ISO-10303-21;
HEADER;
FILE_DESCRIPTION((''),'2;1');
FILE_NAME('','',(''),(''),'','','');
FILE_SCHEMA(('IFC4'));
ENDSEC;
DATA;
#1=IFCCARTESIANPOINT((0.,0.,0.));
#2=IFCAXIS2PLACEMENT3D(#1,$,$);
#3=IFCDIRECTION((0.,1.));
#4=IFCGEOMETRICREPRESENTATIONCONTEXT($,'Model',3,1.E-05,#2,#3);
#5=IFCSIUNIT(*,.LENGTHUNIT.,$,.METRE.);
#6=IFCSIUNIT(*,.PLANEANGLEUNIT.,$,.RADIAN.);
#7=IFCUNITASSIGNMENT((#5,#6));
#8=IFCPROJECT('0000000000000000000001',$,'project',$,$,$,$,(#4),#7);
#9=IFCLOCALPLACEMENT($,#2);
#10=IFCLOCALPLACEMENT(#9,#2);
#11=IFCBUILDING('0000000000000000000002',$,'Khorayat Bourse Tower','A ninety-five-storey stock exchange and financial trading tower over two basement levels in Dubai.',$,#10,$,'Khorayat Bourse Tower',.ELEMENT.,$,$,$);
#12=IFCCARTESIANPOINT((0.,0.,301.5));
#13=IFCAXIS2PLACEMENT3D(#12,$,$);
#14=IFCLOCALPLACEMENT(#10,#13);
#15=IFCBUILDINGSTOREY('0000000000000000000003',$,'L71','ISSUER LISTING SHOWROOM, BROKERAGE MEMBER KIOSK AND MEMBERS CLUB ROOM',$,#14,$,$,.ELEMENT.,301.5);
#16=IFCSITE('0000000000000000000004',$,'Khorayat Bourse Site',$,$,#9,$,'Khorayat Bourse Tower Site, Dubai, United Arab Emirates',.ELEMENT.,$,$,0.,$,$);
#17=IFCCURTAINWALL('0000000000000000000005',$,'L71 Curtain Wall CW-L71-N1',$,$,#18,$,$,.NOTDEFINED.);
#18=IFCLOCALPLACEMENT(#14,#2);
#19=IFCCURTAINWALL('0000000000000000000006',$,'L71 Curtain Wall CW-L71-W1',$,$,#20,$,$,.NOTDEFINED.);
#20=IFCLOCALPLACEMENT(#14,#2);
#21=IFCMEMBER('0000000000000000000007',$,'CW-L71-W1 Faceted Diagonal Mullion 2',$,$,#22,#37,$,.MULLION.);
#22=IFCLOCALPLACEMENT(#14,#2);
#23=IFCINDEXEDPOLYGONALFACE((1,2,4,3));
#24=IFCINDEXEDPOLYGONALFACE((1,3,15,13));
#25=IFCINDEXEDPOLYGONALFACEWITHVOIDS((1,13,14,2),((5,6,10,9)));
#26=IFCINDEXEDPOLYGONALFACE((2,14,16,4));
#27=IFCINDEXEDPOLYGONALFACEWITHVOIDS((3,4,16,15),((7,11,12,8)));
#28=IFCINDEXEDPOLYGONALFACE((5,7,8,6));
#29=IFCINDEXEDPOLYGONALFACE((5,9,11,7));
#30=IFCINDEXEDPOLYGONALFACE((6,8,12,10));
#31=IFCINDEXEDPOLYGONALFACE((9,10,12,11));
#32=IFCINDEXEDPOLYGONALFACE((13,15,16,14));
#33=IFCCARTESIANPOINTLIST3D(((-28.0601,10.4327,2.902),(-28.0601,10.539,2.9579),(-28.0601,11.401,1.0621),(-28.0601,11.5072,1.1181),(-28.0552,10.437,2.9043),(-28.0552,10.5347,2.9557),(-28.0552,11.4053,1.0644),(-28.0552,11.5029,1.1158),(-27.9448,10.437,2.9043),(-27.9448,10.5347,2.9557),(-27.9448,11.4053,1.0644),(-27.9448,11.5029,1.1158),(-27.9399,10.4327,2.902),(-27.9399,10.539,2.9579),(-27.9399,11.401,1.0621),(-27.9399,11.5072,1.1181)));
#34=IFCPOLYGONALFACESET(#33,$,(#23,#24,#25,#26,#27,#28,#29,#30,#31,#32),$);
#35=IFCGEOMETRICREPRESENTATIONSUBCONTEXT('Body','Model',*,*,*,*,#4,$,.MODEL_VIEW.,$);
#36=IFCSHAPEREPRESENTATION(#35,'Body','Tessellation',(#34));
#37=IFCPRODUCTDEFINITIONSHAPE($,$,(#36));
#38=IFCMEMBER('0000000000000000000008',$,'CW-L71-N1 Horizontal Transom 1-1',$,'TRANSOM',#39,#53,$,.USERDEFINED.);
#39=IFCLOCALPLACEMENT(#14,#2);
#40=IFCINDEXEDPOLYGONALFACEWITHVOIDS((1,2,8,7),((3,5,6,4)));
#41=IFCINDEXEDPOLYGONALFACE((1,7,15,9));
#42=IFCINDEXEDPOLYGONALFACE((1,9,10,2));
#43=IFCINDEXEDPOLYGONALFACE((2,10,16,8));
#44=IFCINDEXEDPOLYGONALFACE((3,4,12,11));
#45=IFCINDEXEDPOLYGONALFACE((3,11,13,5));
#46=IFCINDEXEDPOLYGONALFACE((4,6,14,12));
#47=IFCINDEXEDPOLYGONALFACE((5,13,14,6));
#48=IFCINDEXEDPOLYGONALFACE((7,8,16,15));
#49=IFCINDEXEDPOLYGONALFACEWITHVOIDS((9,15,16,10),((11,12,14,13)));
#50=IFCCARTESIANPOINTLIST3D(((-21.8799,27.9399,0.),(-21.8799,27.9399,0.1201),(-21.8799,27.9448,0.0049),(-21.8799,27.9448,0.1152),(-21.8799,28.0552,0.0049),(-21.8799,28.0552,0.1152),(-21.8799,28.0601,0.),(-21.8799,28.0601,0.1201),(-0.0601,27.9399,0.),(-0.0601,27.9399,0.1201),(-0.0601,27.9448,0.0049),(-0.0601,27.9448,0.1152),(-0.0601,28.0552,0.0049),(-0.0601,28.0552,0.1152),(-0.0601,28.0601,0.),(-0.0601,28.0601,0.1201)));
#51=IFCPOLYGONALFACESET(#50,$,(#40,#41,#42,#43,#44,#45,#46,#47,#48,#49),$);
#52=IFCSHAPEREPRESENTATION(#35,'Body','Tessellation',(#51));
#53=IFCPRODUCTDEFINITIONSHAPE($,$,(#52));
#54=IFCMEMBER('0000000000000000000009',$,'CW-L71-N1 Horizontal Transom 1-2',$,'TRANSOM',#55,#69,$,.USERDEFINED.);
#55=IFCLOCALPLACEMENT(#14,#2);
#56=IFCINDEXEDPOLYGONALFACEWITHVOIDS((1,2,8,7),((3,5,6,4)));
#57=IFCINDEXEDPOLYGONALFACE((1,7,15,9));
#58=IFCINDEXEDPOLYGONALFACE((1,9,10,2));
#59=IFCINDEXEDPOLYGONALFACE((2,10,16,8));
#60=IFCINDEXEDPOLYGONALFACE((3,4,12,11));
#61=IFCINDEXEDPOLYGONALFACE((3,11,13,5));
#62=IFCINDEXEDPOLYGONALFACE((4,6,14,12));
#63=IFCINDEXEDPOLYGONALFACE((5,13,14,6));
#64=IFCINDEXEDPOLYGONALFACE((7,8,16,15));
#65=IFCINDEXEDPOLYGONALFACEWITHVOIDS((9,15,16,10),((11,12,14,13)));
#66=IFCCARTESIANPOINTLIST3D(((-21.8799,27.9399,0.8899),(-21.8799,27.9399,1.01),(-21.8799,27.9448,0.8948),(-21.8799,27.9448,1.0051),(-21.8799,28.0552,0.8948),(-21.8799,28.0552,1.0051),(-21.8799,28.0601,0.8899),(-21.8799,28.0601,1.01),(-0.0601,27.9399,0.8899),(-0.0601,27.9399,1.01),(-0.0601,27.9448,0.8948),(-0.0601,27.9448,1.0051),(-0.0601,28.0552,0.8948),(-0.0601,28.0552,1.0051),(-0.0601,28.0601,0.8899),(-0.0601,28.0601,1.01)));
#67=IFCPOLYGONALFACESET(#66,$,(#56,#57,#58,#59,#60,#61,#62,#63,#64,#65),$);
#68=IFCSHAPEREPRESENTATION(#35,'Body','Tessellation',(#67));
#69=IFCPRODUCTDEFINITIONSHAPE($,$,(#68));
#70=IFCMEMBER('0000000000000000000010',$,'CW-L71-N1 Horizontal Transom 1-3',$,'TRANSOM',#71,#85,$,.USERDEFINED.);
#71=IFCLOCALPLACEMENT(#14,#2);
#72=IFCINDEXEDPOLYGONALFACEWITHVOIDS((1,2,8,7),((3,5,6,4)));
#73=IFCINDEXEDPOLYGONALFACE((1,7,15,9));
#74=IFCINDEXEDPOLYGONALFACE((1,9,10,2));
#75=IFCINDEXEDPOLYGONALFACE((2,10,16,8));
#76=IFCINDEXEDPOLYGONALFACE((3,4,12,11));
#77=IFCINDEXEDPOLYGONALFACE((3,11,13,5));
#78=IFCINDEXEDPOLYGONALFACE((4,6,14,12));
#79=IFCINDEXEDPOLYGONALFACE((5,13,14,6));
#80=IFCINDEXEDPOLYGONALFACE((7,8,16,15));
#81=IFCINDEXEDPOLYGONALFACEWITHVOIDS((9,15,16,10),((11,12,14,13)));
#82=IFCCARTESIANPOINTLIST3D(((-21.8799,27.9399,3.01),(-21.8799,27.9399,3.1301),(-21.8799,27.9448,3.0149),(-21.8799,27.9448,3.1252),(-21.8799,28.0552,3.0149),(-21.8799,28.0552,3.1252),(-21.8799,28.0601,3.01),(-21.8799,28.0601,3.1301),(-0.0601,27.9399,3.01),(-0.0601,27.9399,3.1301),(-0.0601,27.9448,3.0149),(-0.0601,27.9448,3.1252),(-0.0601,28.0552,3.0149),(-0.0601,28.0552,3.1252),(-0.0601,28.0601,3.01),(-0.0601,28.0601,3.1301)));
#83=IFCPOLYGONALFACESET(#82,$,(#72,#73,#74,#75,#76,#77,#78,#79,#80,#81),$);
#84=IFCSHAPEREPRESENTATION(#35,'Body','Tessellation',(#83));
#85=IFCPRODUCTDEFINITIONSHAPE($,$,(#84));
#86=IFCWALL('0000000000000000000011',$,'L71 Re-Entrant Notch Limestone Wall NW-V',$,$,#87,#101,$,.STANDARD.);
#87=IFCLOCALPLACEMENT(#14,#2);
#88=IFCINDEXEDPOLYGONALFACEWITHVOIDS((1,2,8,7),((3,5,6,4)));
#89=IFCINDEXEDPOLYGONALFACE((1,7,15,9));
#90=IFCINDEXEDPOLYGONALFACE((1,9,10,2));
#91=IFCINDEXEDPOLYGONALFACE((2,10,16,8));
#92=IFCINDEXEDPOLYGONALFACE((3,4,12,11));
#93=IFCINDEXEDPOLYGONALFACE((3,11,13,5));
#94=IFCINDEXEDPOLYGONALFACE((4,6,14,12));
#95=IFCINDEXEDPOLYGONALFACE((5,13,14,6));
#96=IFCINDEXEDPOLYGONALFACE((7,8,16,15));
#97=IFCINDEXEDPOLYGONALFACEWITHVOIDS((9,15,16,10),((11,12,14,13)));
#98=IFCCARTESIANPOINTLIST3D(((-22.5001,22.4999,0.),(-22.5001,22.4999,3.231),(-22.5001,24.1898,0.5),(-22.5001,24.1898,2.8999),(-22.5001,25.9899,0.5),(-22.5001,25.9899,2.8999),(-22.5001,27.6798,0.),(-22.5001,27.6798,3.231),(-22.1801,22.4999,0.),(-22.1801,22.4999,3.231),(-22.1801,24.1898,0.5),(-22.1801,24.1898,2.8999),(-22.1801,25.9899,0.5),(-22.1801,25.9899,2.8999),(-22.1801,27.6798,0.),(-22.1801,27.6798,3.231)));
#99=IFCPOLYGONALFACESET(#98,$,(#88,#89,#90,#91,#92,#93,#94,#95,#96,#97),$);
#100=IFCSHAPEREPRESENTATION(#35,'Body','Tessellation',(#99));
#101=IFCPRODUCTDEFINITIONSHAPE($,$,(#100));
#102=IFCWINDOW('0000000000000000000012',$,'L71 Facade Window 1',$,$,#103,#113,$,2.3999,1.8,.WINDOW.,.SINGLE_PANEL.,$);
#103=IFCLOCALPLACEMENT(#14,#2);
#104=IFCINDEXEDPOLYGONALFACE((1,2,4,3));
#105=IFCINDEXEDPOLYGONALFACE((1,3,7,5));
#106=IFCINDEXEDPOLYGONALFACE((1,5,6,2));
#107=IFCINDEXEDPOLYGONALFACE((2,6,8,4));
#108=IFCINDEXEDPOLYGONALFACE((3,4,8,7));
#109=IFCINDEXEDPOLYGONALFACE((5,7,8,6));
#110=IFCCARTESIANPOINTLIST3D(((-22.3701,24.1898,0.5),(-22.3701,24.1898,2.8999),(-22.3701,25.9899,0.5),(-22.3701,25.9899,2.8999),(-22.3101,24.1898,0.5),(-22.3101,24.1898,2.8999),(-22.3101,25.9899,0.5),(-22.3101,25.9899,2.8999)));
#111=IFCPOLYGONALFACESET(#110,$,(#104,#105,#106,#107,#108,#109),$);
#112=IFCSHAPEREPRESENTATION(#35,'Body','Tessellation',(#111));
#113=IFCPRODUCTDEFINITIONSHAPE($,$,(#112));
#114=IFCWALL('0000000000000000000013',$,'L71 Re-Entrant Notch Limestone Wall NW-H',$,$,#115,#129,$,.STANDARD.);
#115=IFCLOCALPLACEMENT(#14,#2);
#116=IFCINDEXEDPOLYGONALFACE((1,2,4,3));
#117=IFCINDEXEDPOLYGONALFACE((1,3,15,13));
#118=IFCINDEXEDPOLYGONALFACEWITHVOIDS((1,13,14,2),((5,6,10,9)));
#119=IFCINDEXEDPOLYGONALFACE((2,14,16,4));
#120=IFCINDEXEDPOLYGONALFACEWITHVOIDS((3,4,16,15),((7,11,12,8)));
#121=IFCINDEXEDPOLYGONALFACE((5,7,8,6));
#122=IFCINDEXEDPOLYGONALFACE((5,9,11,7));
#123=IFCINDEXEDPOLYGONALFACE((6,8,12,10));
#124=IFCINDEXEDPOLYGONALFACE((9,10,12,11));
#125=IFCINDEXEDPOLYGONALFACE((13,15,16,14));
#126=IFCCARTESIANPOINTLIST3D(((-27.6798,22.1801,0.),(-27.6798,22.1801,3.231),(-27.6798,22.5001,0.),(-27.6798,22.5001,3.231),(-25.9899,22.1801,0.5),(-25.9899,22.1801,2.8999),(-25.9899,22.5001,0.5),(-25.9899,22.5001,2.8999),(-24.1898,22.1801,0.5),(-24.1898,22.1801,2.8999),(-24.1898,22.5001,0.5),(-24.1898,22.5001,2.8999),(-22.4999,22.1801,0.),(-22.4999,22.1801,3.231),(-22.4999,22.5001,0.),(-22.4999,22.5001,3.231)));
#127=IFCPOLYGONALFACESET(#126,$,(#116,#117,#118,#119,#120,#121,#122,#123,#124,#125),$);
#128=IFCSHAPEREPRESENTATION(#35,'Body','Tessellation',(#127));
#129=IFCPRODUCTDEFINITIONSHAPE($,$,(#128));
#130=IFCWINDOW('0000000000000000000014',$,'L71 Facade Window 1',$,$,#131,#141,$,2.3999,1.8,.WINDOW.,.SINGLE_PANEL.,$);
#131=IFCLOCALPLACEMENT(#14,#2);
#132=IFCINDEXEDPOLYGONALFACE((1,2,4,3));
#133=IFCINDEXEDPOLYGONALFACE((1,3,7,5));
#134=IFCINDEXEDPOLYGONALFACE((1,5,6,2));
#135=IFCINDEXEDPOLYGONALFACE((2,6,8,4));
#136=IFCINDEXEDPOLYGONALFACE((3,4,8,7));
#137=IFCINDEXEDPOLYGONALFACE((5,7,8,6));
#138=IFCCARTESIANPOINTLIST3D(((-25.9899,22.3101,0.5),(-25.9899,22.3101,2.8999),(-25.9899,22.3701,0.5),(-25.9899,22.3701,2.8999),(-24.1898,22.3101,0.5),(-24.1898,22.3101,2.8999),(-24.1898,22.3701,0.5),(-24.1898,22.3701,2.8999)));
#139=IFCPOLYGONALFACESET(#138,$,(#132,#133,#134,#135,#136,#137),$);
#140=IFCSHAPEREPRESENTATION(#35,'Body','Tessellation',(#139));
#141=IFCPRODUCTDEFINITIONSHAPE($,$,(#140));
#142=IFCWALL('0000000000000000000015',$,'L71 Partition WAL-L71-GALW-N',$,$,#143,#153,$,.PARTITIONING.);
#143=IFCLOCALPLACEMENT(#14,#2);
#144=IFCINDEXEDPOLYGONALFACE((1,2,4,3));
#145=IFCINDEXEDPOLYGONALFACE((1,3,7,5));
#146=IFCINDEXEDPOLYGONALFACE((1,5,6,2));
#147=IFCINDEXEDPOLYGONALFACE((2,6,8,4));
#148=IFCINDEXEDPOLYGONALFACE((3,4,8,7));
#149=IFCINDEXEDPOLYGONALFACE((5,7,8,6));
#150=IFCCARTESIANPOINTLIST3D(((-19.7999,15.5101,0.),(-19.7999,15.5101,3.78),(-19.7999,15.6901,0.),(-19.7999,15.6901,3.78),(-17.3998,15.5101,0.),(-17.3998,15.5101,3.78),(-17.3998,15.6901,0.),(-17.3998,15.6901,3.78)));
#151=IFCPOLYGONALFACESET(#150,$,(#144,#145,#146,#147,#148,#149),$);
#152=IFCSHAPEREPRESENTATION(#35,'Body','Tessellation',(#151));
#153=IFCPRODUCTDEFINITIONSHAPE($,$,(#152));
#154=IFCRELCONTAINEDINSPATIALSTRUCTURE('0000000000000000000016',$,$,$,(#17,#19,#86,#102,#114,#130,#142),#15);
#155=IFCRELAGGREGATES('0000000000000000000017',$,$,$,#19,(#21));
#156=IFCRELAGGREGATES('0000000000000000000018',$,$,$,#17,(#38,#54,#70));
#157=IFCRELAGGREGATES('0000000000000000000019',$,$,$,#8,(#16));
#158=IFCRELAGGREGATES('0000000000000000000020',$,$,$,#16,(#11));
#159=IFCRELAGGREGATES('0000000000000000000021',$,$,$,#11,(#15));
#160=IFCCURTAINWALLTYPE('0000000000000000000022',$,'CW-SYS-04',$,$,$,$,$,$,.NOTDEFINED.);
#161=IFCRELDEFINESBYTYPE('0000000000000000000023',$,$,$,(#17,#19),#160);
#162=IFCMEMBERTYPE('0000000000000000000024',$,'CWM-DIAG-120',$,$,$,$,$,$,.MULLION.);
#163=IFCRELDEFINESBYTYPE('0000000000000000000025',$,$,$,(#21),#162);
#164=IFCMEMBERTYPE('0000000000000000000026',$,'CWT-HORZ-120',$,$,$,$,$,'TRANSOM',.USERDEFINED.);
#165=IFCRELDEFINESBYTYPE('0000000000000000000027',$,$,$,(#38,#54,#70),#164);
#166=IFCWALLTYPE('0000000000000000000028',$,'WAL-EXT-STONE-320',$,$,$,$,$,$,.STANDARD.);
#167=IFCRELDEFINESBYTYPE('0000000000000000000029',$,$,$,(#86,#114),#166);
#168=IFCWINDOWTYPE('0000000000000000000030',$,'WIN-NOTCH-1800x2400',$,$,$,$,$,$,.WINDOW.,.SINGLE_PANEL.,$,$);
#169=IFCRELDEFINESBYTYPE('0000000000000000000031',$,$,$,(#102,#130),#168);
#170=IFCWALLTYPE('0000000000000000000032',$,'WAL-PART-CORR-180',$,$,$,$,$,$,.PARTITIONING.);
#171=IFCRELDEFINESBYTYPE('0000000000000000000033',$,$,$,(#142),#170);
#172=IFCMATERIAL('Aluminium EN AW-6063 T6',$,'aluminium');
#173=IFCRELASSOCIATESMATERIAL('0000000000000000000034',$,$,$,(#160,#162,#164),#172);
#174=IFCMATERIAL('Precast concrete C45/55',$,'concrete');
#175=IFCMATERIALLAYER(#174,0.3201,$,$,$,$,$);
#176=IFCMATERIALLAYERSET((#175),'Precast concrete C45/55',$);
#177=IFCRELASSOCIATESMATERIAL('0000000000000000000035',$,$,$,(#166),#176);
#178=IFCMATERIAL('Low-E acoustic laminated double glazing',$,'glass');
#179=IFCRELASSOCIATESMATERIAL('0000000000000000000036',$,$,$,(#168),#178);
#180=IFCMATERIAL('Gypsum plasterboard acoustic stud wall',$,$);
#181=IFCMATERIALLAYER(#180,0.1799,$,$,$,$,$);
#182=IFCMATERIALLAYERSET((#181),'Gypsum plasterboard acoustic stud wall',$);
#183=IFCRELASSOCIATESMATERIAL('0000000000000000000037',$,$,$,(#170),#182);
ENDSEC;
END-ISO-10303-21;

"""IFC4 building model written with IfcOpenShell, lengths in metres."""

from ifc_helpers import new_model, si_unit, direction, frame, frame_2d, origin, origin_2d, place, context, subcontext, project, spatial, rectangle, hollow_rectangle, extrude, source, transform, mapped, material, layer, layer_set, material_profile, profile_set, type_object, element, fill, aggregate, save


model = new_model("IFC4")

# Units and contexts
model_context = context("Model", 3, precision=1e-05, world=origin(), true_north=direction((0.0, 1.0)))
body_context = subcontext(model_context, "Body", "Model", "MODEL_VIEW")
ifc_project = project(units=[si_unit("LENGTHUNIT", "METRE"), si_unit("PLANEANGLEUNIT", "RADIAN")], contexts=[model_context])

# Site, building, storey
site_placement = place(None, origin())
site = spatial("IfcSite", under=ifc_project, at=site_placement, Name="Khorayat Bourse Site", LongName="Khorayat Bourse Tower Site, Dubai, United Arab Emirates", CompositionType="ELEMENT", RefElevation=0.0)
building_placement = place(site_placement, origin())
building = spatial("IfcBuilding", under=site, at=building_placement, Name="Khorayat Bourse Tower", Description="A ninety-five-storey stock exchange and financial trading tower over two basement levels in Dubai.", LongName="Khorayat Bourse Tower", CompositionType="ELEMENT")
storey_placement = place(building_placement, frame((0.0, 0.0, 301.5)))
storey = spatial("IfcBuildingStorey", under=building, at=storey_placement, Name="L71", Description="ISSUER LISTING SHOWROOM, BROKERAGE MEMBER KIOSK AND MEMBERS CLUB ROOM", CompositionType="ELEMENT", Elevation=301.5)

# Curtain wall
ifc_material_1 = material(Name="Aluminium EN AW-6063 T6", Category="aluminium")
curtain_wall_type = type_object("IfcCurtainWallType", Name="CW-SYS-04", PredefinedType="NOTDEFINED", material=ifc_material_1)
curtain_wall_1_placement = place(storey_placement, origin())
curtain_wall_1 = element("IfcCurtainWall", 1, at=curtain_wall_1_placement, inside=storey, type_object=curtain_wall_type, Name="L71 Curtain Wall CW-L71-N1", PredefinedType="NOTDEFINED")

# Curtain wall, member
curtain_wall_2_placement = place(storey_placement, origin())
curtain_wall_2 = element("IfcCurtainWall", 2, at=curtain_wall_2_placement, inside=storey, type_object=curtain_wall_type, Name="L71 Curtain Wall CW-L71-W1", PredefinedType="NOTDEFINED")
ifc_material_profile_1 = material_profile(ifc_material_1, hollow_rectangle(XDim=0.1201, YDim=0.1201, WallThickness=0.0049, at=origin_2d()), Name="ALU 120x120x5")
ifc_profile_set_1 = profile_set([ifc_material_profile_1], Name="Aluminium EN AW-6063 T6")
member_type_1 = type_object("IfcMemberType", Name="CWM-DIAG-120", PredefinedType="MULLION", material=ifc_profile_set_1)
shared_shape_1 = source(origin(), body_context, "Body", "SweptSolid", [
    extrude(hollow_rectangle(XDim=0.1201, YDim=0.1201, WallThickness=0.0049, at=origin_2d()), origin(), (0.0, 0.0, 1.0), 2.0791),
])
member_1_placement = place(storey_placement, frame((-28.0, 11.4541, 1.0901), z_axis=(0.0, -0.465717, 0.884934), x_axis=(1.0, 0.0, 0.0)))
member_1 = element("IfcMember", 3, at=member_1_placement, type_object=member_type_1, Name="CW-L71-W1 Faceted Diagonal Mullion 2", PredefinedType="MULLION", context=body_context, shape_type="MappedRepresentation", body=[
    mapped(shared_shape_1, transform((0.0, 0.0, 0.0), scale=1.0)),
])
aggregate(curtain_wall_2, [member_1])

# Members
ifc_material_profile_2 = material_profile(ifc_material_1, hollow_rectangle(XDim=0.1201, YDim=0.1201, WallThickness=0.0049, at=origin_2d()), Name="ALU 120x120x5")
ifc_profile_set_2 = profile_set([ifc_material_profile_2], Name="Aluminium EN AW-6063 T6")
member_type_2 = type_object("IfcMemberType", Name="CWT-HORZ-120", ElementType="TRANSOM", PredefinedType="USERDEFINED", material=ifc_profile_set_2)
shared_shape_2 = source(origin(), body_context, "Body", "SweptSolid", [
    extrude(hollow_rectangle(XDim=0.1201, YDim=0.1201, WallThickness=0.0049, at=origin_2d()), origin(), (0.0, 0.0, 1.0), 21.8198),
])
member_2_placement = place(storey_placement, frame((-21.8799, 28.0, 0.0601), z_axis=(1.0, 0.0, 0.0), x_axis=(0.0, 1.0, 0.0)))
member_2 = element("IfcMember", 4, at=member_2_placement, type_object=member_type_2, Name="CW-L71-N1 Horizontal Transom 1-1", ObjectType="TRANSOM", PredefinedType="USERDEFINED", context=body_context, shape_type="MappedRepresentation", body=[
    mapped(shared_shape_2, transform((0.0, 0.0, 0.0), scale=1.0)),
])
member_3_placement = place(storey_placement, frame((-21.8799, 28.0, 0.95), z_axis=(1.0, 0.0, 0.0), x_axis=(0.0, 1.0, 0.0)))
member_3 = element("IfcMember", 5, at=member_3_placement, type_object=member_type_2, Name="CW-L71-N1 Horizontal Transom 1-2", ObjectType="TRANSOM", PredefinedType="USERDEFINED", context=body_context, shape_type="MappedRepresentation", body=[
    mapped(shared_shape_2, transform((0.0, 0.0, 0.0), scale=1.0)),
])
member_4_placement = place(storey_placement, frame((-21.8799, 28.0, 3.0701), z_axis=(1.0, 0.0, 0.0), x_axis=(0.0, 1.0, 0.0)))
member_4 = element("IfcMember", 6, at=member_4_placement, type_object=member_type_2, Name="CW-L71-N1 Horizontal Transom 1-3", ObjectType="TRANSOM", PredefinedType="USERDEFINED", context=body_context, shape_type="MappedRepresentation", body=[
    mapped(shared_shape_2, transform((0.0, 0.0, 0.0), scale=1.0)),
])
aggregate(curtain_wall_1, [member_2, member_3, member_4])

# Walls, openings, windows
ifc_material_2 = material(Name="Precast concrete C45/55", Category="concrete")
ifc_layer_1 = layer(ifc_material_2, 0.3201)
ifc_layer_set_1 = layer_set([ifc_layer_1], Name="Precast concrete C45/55")
wall_type_1 = type_object("IfcWallType", Name="WAL-EXT-STONE-320", PredefinedType="STANDARD", material=ifc_layer_set_1)
shared_shape_3 = source(origin(), body_context, "Body", "SweptSolid", [
    extrude(rectangle(XDim=5.1799, YDim=0.3201, at=frame_2d((2.5898, 0.0))), origin(), (0.0, 0.0, 1.0), 3.231),
])
wall_1_placement = place(storey_placement, frame((-22.3401, 22.5, 0.0), z_axis=(0.0, 0.0, 1.0), x_axis=(0.0, 1.0, 0.0)))
wall_1 = element("IfcWall", 7, at=wall_1_placement, inside=storey, type_object=wall_type_1, Name="L71 Re-Entrant Notch Limestone Wall NW-V", PredefinedType="STANDARD", context=body_context, shape_type="MappedRepresentation", body=[
    mapped(shared_shape_3, transform((0.0, 0.0, 0.0), scale=1.0)),
])
shared_shape_4 = source(origin(), body_context, "Body", "SweptSolid", [
    extrude(rectangle(XDim=1.8, YDim=2.3999, at=frame_2d((0.8999, 1.2))), frame((0.0, 0.1699, 0.0), z_axis=(0.0, -1.0, 0.0), x_axis=(1.0, 0.0, 0.0)), (0.0, 0.0, 1.0), 0.3401),
])
opening_1_placement = place(wall_1_placement, frame((1.6899, 0.0, 0.5)))
opening_1 = element("IfcOpeningElement", 8, at=opening_1_placement, cuts=wall_1, PredefinedType="OPENING", context=body_context, shape_type="MappedRepresentation", body=[
    mapped(shared_shape_4, transform((0.0, 0.0, 0.0), scale=1.0)),
])
ifc_material_3 = material(Name="Low-E acoustic laminated double glazing", Category="glass")
window_type = type_object("IfcWindowType", Name="WIN-NOTCH-1800x2400", PartitioningType="SINGLE_PANEL", PredefinedType="WINDOW", material=ifc_material_3)
shared_shape_5 = source(origin(), body_context, "Body", "SweptSolid", [
    extrude(rectangle(XDim=1.8, YDim=2.3999, at=frame_2d((0.8999, 1.2))), frame((0.0, 0.03, 0.0), z_axis=(0.0, -1.0, 0.0), x_axis=(1.0, 0.0, 0.0)), (0.0, 0.0, 1.0), 0.0601),
])
window_1_placement = place(opening_1_placement, origin())
window_1 = element("IfcWindow", 9, at=window_1_placement, inside=storey, type_object=window_type, Name="L71 Facade Window 1", OverallHeight=2.3999, OverallWidth=1.8, PartitioningType="SINGLE_PANEL", PredefinedType="WINDOW", context=body_context, shape_type="MappedRepresentation", body=[
    mapped(shared_shape_5, transform((0.0, 0.0, 0.0), scale=1.0)),
])
fill(opening_1, window_1)
wall_2_placement = place(storey_placement, frame((-22.5, 22.3401, 0.0), z_axis=(0.0, 0.0, 1.0), x_axis=(-1.0, 0.0, 0.0)))
wall_2 = element("IfcWall", 10, at=wall_2_placement, inside=storey, type_object=wall_type_1, Name="L71 Re-Entrant Notch Limestone Wall NW-H", PredefinedType="STANDARD", context=body_context, shape_type="MappedRepresentation", body=[
    mapped(shared_shape_3, transform((0.0, 0.0, 0.0), scale=1.0)),
])
opening_2_placement = place(wall_2_placement, frame((1.6899, 0.0, 0.5)))
opening_2 = element("IfcOpeningElement", 11, at=opening_2_placement, cuts=wall_2, PredefinedType="OPENING", context=body_context, shape_type="MappedRepresentation", body=[
    mapped(shared_shape_4, transform((0.0, 0.0, 0.0), scale=1.0)),
])
window_2_placement = place(opening_2_placement, origin())
window_2 = element("IfcWindow", 12, at=window_2_placement, inside=storey, type_object=window_type, Name="L71 Facade Window 1", OverallHeight=2.3999, OverallWidth=1.8, PartitioningType="SINGLE_PANEL", PredefinedType="WINDOW", context=body_context, shape_type="MappedRepresentation", body=[
    mapped(shared_shape_5, transform((0.0, 0.0, 0.0), scale=1.0)),
])
fill(opening_2, window_2)

# Wall
ifc_material_4 = material(Name="Gypsum plasterboard acoustic stud wall")
ifc_layer_2 = layer(ifc_material_4, 0.1799)
ifc_layer_set_2 = layer_set([ifc_layer_2], Name="Gypsum plasterboard acoustic stud wall")
wall_type_2 = type_object("IfcWallType", Name="WAL-PART-CORR-180", PredefinedType="PARTITIONING", material=ifc_layer_set_2)
shared_shape_6 = source(origin(), body_context, "Body", "SweptSolid", [
    extrude(rectangle(XDim=2.4001, YDim=0.1799, at=frame_2d((1.2002, 0.0))), origin(), (0.0, 0.0, 1.0), 3.78),
])
wall_3_placement = place(storey_placement, frame((-19.8, 15.6001, 0.0), z_axis=(0.0, 0.0, 1.0), x_axis=(1.0, 0.0, 0.0)))
element("IfcWall", 13, at=wall_3_placement, inside=storey, type_object=wall_type_2, Name="L71 Partition WAL-L71-GALW-N", PredefinedType="PARTITIONING", context=body_context, shape_type="MappedRepresentation", body=[
    mapped(shared_shape_6, transform((0.0, 0.0, 0.0), scale=1.0)),
])

save(model, "model.ifc")
